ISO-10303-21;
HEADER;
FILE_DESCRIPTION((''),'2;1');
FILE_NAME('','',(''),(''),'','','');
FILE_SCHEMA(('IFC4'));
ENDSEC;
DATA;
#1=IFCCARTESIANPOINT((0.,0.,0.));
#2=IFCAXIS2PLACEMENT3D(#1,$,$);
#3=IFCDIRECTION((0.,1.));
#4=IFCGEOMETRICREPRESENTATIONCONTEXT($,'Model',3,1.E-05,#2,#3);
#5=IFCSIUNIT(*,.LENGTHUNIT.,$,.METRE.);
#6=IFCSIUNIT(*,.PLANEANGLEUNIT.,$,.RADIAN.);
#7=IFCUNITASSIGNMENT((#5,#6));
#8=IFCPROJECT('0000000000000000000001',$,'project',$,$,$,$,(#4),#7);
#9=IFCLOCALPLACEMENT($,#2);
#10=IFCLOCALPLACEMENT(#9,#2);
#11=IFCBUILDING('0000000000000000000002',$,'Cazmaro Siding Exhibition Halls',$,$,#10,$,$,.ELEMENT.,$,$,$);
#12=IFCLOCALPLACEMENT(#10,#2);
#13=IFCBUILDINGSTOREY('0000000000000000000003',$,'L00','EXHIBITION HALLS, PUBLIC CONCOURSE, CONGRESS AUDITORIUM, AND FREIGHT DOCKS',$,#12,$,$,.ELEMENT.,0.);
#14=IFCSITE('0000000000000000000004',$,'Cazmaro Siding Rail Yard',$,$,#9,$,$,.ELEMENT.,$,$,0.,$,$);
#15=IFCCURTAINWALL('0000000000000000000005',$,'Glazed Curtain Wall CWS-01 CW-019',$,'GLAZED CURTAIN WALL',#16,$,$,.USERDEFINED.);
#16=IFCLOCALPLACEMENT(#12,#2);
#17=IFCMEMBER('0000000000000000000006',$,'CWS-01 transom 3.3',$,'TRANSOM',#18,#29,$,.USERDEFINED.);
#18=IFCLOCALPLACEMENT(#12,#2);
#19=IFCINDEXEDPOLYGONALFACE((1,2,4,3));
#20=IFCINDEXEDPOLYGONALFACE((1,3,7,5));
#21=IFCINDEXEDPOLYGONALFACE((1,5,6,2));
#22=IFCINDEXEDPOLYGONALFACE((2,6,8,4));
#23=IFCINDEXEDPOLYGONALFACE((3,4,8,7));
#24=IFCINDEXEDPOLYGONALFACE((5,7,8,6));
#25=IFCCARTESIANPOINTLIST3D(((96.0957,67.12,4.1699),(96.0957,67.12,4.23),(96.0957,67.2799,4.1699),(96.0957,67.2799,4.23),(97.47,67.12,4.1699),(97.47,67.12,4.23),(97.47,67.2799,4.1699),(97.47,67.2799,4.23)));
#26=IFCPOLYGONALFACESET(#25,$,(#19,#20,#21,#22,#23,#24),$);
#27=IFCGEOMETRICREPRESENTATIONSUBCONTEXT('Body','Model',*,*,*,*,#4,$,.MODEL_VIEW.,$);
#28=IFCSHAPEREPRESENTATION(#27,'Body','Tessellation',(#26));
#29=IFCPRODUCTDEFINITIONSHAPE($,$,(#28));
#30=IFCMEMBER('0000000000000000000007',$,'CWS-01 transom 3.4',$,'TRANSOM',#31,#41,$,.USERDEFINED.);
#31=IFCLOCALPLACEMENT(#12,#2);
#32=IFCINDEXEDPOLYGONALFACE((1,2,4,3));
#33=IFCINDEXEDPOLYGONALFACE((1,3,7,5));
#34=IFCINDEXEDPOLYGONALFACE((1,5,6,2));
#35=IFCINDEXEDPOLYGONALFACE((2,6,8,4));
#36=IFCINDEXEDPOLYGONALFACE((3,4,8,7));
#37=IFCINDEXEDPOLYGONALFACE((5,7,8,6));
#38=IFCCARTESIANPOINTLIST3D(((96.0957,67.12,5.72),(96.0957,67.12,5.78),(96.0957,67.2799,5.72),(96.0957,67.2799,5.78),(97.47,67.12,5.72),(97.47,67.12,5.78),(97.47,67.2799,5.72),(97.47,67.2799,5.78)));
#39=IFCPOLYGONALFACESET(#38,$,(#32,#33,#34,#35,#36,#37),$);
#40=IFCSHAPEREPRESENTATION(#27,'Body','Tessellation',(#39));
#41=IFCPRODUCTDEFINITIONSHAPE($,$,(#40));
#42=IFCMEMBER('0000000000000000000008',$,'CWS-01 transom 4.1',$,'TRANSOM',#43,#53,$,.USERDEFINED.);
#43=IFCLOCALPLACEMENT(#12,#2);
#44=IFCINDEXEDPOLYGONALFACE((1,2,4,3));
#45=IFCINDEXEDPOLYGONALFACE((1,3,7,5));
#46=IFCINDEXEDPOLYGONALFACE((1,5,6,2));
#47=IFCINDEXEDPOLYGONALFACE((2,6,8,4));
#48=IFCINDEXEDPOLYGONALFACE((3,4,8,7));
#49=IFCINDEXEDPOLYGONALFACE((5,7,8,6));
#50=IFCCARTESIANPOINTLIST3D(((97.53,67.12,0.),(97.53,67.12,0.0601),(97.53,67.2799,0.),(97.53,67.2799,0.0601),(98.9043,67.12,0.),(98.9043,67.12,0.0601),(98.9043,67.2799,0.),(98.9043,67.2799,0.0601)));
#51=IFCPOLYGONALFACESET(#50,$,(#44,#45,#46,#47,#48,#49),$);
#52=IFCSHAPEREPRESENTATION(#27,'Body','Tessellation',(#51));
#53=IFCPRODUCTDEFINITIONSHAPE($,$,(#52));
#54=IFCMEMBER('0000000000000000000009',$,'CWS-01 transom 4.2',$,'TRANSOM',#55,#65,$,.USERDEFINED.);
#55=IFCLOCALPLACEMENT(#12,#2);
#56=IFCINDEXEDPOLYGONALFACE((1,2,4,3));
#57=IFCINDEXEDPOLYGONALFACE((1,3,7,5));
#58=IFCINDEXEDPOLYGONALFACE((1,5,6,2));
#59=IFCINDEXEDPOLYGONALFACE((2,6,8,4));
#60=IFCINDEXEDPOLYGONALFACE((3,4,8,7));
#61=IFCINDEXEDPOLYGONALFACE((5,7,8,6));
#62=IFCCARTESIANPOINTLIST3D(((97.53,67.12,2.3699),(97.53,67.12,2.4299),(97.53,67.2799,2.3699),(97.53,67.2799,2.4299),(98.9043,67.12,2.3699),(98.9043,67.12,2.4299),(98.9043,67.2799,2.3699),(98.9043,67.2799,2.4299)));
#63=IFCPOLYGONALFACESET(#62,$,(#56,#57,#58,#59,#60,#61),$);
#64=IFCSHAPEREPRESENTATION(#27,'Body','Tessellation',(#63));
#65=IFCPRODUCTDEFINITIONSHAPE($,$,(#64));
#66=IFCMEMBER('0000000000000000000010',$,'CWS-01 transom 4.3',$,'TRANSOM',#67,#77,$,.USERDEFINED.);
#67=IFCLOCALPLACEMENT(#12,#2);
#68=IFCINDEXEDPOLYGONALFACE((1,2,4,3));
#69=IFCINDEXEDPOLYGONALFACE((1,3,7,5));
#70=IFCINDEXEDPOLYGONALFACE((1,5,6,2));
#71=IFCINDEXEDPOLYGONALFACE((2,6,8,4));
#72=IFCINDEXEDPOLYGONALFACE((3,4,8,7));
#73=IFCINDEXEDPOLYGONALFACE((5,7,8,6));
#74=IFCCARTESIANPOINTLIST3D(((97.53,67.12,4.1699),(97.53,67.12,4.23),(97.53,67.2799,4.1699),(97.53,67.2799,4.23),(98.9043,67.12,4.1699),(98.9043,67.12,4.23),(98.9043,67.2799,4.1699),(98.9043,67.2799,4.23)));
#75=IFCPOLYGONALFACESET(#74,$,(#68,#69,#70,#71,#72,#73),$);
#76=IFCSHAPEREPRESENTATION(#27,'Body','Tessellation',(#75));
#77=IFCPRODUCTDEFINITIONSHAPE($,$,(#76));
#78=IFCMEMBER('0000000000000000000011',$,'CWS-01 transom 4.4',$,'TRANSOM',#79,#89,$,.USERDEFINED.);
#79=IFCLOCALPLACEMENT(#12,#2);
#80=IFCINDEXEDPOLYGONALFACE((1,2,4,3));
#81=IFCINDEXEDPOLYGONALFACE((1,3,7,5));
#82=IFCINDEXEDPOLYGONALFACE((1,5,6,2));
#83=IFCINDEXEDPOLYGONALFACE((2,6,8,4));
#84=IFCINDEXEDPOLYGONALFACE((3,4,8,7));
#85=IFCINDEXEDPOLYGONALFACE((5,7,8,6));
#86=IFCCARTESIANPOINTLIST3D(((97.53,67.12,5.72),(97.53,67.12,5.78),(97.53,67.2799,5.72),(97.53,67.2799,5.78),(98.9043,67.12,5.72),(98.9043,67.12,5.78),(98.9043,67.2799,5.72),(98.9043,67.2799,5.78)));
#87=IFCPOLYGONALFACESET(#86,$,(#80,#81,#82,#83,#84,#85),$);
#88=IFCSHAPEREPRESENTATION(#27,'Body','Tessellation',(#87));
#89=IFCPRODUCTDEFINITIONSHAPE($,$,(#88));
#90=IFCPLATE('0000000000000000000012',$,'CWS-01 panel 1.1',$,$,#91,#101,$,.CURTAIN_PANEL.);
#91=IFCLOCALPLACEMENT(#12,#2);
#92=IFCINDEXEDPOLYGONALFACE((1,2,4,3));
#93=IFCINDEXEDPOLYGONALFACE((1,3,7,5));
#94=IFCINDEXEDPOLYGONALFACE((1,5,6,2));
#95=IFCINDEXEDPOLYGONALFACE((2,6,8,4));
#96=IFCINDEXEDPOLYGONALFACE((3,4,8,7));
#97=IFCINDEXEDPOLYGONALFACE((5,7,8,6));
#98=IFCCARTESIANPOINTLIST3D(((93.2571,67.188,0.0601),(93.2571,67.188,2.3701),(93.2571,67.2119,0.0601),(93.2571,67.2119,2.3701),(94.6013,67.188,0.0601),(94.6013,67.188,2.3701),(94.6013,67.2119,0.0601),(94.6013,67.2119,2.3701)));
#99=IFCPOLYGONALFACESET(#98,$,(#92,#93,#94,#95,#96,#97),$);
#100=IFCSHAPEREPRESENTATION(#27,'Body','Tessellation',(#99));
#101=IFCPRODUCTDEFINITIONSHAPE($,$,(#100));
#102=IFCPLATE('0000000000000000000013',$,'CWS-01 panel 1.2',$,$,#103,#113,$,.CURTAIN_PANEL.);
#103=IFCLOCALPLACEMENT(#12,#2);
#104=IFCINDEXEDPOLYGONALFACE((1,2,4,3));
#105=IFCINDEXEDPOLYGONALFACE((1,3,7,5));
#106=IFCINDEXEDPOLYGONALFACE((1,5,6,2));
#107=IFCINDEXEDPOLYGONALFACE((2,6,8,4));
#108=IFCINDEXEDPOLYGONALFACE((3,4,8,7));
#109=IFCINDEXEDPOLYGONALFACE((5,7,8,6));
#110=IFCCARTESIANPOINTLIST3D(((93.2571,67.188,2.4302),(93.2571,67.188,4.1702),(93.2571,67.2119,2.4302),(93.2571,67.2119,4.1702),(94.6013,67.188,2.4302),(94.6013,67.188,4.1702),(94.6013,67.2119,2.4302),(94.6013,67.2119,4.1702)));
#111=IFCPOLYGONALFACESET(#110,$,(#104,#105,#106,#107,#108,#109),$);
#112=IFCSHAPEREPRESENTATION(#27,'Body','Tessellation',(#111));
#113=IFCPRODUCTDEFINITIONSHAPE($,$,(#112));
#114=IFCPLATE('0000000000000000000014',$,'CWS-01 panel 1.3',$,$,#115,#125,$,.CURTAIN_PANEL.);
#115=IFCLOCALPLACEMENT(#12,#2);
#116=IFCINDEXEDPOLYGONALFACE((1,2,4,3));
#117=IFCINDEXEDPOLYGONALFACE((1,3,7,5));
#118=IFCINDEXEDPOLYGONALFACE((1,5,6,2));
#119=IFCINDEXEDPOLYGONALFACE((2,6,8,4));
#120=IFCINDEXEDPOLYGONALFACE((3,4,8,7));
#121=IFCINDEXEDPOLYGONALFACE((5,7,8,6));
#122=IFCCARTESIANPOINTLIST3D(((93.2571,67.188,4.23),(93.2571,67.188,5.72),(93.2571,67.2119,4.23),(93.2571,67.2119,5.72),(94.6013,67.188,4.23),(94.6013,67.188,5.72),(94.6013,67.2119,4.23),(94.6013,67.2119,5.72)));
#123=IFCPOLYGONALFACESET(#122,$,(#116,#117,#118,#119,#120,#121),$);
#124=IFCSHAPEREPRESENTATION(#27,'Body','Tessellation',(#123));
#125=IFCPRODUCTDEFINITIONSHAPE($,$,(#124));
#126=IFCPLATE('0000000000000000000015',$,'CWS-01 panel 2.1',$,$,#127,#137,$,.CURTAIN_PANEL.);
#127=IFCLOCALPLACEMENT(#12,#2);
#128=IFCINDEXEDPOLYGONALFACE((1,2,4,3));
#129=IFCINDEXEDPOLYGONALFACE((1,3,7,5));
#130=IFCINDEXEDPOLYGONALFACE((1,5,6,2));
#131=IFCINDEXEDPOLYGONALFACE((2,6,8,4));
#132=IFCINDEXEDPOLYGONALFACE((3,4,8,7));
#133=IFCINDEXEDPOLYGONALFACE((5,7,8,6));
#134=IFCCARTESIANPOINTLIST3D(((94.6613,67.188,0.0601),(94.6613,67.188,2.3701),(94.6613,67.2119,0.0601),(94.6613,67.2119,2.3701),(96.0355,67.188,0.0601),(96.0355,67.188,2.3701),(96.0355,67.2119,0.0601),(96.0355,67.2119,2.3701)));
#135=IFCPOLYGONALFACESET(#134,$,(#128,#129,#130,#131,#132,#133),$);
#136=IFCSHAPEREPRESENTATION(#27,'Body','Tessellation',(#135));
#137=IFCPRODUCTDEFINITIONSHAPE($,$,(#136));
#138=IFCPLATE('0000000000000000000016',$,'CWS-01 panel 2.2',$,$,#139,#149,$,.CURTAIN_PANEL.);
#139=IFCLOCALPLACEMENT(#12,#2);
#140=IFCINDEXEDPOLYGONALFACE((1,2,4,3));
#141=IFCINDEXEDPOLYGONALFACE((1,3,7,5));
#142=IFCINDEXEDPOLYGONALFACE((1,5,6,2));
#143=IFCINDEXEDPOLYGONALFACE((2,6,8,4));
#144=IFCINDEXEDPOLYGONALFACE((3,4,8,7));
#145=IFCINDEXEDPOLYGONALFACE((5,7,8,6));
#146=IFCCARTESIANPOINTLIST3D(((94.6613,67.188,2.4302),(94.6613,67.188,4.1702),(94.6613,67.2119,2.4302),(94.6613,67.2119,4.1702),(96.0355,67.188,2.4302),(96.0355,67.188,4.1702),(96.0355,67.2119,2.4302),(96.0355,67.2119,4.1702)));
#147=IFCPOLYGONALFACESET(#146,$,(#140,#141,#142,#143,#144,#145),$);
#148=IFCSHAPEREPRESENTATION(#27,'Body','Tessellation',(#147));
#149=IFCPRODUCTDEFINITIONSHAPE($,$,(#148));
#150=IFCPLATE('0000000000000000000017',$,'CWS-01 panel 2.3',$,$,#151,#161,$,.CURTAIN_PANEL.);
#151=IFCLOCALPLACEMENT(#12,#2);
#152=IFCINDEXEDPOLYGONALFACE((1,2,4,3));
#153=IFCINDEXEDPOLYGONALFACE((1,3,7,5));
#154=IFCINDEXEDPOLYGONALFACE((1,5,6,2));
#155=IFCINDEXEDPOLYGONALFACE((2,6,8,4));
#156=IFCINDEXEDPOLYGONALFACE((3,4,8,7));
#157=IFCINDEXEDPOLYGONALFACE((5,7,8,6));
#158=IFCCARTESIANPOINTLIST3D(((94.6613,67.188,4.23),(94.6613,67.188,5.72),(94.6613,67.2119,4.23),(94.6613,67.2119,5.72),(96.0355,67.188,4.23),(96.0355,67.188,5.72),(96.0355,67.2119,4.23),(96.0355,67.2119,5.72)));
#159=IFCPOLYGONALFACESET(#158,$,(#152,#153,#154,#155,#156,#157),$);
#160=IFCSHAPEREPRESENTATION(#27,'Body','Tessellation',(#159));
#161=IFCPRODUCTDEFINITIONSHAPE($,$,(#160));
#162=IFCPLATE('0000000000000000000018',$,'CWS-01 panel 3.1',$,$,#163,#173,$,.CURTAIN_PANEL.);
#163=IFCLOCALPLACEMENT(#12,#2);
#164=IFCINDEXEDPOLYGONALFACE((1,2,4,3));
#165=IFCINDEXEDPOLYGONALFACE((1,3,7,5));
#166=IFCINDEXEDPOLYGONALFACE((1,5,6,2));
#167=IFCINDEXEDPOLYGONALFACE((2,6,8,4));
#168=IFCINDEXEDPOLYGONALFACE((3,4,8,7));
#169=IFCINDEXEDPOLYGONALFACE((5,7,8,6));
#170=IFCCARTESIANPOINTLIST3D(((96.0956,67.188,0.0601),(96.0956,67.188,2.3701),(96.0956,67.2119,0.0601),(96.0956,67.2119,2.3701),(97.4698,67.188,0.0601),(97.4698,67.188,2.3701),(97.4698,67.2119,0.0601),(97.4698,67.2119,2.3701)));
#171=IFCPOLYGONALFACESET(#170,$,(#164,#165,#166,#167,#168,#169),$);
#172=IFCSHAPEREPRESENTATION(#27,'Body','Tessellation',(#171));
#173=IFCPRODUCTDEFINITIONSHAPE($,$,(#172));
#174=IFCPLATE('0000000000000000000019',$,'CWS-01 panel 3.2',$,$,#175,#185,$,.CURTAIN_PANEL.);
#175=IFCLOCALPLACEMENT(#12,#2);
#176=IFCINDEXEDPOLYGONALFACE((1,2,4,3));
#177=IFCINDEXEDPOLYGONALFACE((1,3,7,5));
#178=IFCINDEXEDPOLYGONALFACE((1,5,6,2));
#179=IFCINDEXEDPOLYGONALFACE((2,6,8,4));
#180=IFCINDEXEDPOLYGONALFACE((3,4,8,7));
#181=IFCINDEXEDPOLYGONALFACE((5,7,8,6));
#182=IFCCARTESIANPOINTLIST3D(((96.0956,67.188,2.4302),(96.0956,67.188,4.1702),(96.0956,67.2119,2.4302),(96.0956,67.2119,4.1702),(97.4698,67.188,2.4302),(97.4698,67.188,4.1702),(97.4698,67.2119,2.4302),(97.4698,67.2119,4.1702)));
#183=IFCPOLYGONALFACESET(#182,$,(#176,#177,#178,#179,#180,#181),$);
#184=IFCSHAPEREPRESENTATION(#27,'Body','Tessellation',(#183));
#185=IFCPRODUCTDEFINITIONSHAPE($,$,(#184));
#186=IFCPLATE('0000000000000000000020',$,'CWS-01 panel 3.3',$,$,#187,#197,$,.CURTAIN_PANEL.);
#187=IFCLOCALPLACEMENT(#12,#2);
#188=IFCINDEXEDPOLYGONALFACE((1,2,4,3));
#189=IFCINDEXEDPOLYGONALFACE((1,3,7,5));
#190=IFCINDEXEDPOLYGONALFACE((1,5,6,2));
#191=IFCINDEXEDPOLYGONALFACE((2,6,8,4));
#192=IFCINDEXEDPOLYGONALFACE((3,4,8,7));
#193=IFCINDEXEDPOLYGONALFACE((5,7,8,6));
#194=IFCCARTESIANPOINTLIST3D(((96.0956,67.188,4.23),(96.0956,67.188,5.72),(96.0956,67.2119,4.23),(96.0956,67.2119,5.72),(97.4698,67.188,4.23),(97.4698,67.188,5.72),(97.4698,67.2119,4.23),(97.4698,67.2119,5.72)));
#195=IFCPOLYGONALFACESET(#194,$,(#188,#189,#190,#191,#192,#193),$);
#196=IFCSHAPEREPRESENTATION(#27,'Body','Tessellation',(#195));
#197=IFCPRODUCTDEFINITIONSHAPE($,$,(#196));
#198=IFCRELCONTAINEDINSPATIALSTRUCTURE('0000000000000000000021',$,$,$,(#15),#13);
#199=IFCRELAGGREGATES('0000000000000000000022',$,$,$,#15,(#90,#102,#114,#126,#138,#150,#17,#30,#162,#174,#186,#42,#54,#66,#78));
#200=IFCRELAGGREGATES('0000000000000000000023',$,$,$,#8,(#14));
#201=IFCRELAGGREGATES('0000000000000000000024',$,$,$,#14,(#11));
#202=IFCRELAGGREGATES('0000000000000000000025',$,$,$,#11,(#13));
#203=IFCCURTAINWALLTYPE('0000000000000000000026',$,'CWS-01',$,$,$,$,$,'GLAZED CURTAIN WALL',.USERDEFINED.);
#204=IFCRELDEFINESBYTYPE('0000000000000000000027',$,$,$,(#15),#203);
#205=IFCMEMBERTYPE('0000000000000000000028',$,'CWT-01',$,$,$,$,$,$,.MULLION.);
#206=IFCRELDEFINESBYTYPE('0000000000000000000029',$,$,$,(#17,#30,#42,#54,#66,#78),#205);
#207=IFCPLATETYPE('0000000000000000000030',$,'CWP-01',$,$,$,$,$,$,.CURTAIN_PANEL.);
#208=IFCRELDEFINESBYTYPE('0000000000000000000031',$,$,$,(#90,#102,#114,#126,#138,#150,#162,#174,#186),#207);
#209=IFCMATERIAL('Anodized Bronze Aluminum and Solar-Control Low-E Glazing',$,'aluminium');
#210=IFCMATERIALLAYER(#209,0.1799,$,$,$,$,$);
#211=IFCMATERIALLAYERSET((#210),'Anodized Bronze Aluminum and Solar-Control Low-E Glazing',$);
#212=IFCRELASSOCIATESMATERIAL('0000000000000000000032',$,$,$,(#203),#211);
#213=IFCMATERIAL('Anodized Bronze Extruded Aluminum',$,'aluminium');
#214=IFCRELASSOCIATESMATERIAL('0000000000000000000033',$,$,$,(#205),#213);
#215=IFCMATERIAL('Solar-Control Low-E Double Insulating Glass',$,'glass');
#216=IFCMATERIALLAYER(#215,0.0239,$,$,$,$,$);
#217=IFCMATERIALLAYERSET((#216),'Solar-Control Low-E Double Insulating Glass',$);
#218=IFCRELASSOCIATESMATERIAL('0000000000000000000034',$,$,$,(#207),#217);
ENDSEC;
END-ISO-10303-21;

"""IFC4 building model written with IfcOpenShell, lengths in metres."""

from ifc_helpers import new_model, si_unit, direction, frame, origin, origin_2d, place, context, subcontext, project, spatial, rectangle, extrude, material, layer, layer_set, material_profile, profile_set, type_object, element, aggregate, save


model = new_model("IFC4")

# Units and contexts
model_context = context("Model", 3, precision=1e-05, world=origin(), true_north=direction((0.0, 1.0)))
body_context = subcontext(model_context, "Body", "Model", "MODEL_VIEW")
ifc_project = project(units=[si_unit("LENGTHUNIT", "METRE"), si_unit("PLANEANGLEUNIT", "RADIAN")], contexts=[model_context])

# Site, building, storey
site_placement = place(None, origin())
site = spatial("IfcSite", under=ifc_project, at=site_placement, Name="Cazmaro Siding Rail Yard", CompositionType="ELEMENT", RefElevation=0.0)
building_placement = place(site_placement, origin())
building = spatial("IfcBuilding", under=site, at=building_placement, Name="Cazmaro Siding Exhibition Halls", CompositionType="ELEMENT")
storey_placement = place(building_placement, origin())
storey = spatial("IfcBuildingStorey", under=building, at=storey_placement, Name="L00", Description="EXHIBITION HALLS, PUBLIC CONCOURSE, CONGRESS AUDITORIUM, AND FREIGHT DOCKS", CompositionType="ELEMENT", Elevation=0.0)

# Shared definitions
ifc_material_1 = material(Name="Anodized Bronze Aluminum and Solar-Control Low-E Glazing", Category="aluminium")
ifc_layer_1 = layer(ifc_material_1, 0.1799)
ifc_layer_set_1 = layer_set([ifc_layer_1], Name="Anodized Bronze Aluminum and Solar-Control Low-E Glazing")
curtain_wall_type = type_object("IfcCurtainWallType", Name="CWS-01", ElementType="GLAZED CURTAIN WALL", PredefinedType="USERDEFINED", material=ifc_layer_set_1)

# Curtain wall, members, plates
curtain_wall_1_placement = place(storey_placement, origin())
curtain_wall_1 = element("IfcCurtainWall", 1, at=curtain_wall_1_placement, inside=storey, type_object=curtain_wall_type, Name="Glazed Curtain Wall CWS-01 CW-019", ObjectType="GLAZED CURTAIN WALL", PredefinedType="USERDEFINED")
ifc_material_2 = material(Name="Anodized Bronze Extruded Aluminum", Category="aluminium")
ifc_material_profile_1 = material_profile(ifc_material_2, rectangle(XDim=0.1599, YDim=0.0601, at=origin_2d()), Name="CWT-01")
ifc_profile_set_1 = profile_set([ifc_material_profile_1], Name="Anodized Bronze Extruded Aluminum")
member_type_1 = type_object("IfcMemberType", Name="CWT-01", PredefinedType="MULLION", material=ifc_profile_set_1)
member_1_placement = place(storey_placement, frame((96.0957, 67.2, 4.2), z_axis=(1.0, 0.0, 0.0), x_axis=(0.0, 1.0, 0.0)))
member_1 = element("IfcMember", 2, at=member_1_placement, type_object=member_type_1, Name="CWS-01 transom 3.3", ObjectType="TRANSOM", PredefinedType="USERDEFINED", context=body_context, shape_type="SweptSolid", body=[
    extrude(rectangle(XDim=0.1599, YDim=0.0601, at=origin_2d()), origin(), (0.0, 0.0, 1.0), 1.3743),
])
member_2_placement = place(storey_placement, frame((96.0957, 67.2, 5.75), z_axis=(1.0, 0.0, 0.0), x_axis=(0.0, 1.0, 0.0)))
member_2 = element("IfcMember", 3, at=member_2_placement, type_object=member_type_1, Name="CWS-01 transom 3.4", ObjectType="TRANSOM", PredefinedType="USERDEFINED", context=body_context, shape_type="SweptSolid", body=[
    extrude(rectangle(XDim=0.1599, YDim=0.0601, at=origin_2d()), origin(), (0.0, 0.0, 1.0), 1.3743),
])
member_3_placement = place(storey_placement, frame((97.53, 67.2, 0.03), z_axis=(1.0, 0.0, 0.0), x_axis=(0.0, 1.0, 0.0)))
member_3 = element("IfcMember", 4, at=member_3_placement, type_object=member_type_1, Name="CWS-01 transom 4.1", ObjectType="TRANSOM", PredefinedType="USERDEFINED", context=body_context, shape_type="SweptSolid", body=[
    extrude(rectangle(XDim=0.1599, YDim=0.0601, at=origin_2d()), origin(), (0.0, 0.0, 1.0), 1.3743),
])
member_4_placement = place(storey_placement, frame((97.53, 67.2, 2.3999), z_axis=(1.0, 0.0, 0.0), x_axis=(0.0, 1.0, 0.0)))
member_4 = element("IfcMember", 5, at=member_4_placement, type_object=member_type_1, Name="CWS-01 transom 4.2", ObjectType="TRANSOM", PredefinedType="USERDEFINED", context=body_context, shape_type="SweptSolid", body=[
    extrude(rectangle(XDim=0.1599, YDim=0.0601, at=origin_2d()), origin(), (0.0, 0.0, 1.0), 1.3743),
])
member_5_placement = place(storey_placement, frame((97.53, 67.2, 4.2), z_axis=(1.0, 0.0, 0.0), x_axis=(0.0, 1.0, 0.0)))
member_5 = element("IfcMember", 6, at=member_5_placement, type_object=member_type_1, Name="CWS-01 transom 4.3", ObjectType="TRANSOM", PredefinedType="USERDEFINED", context=body_context, shape_type="SweptSolid", body=[
    extrude(rectangle(XDim=0.1599, YDim=0.0601, at=origin_2d()), origin(), (0.0, 0.0, 1.0), 1.3743),
])
member_6_placement = place(storey_placement, frame((97.53, 67.2, 5.75), z_axis=(1.0, 0.0, 0.0), x_axis=(0.0, 1.0, 0.0)))
member_6 = element("IfcMember", 7, at=member_6_placement, type_object=member_type_1, Name="CWS-01 transom 4.4", ObjectType="TRANSOM", PredefinedType="USERDEFINED", context=body_context, shape_type="SweptSolid", body=[
    extrude(rectangle(XDim=0.1599, YDim=0.0601, at=origin_2d()), origin(), (0.0, 0.0, 1.0), 1.3743),
])
ifc_material_3 = material(Name="Solar-Control Low-E Double Insulating Glass", Category="glass")
ifc_layer_2 = layer(ifc_material_3, 0.0239)
ifc_layer_set_2 = layer_set([ifc_layer_2], Name="Solar-Control Low-E Double Insulating Glass")
plate_type = type_object("IfcPlateType", Name="CWP-01", PredefinedType="CURTAIN_PANEL", material=ifc_layer_set_2)
plate_1_placement = place(storey_placement, frame((93.9292, 67.2, 0.0601), z_axis=(0.0, 0.0, 1.0), x_axis=(1.0, 0.0, 0.0)))
plate_1 = element("IfcPlate", 8, at=plate_1_placement, type_object=plate_type, Name="CWS-01 panel 1.1", PredefinedType="CURTAIN_PANEL", context=body_context, shape_type="SweptSolid", body=[
    extrude(rectangle(XDim=1.3442, YDim=0.0239, at=origin_2d()), origin(), (0.0, 0.0, 1.0), 2.3101),
])
plate_2_placement = place(storey_placement, frame((93.9292, 67.2, 2.4302), z_axis=(0.0, 0.0, 1.0), x_axis=(1.0, 0.0, 0.0)))
plate_2 = element("IfcPlate", 9, at=plate_2_placement, type_object=plate_type, Name="CWS-01 panel 1.2", PredefinedType="CURTAIN_PANEL", context=body_context, shape_type="SweptSolid", body=[
    extrude(rectangle(XDim=1.3442, YDim=0.0239, at=origin_2d()), origin(), (0.0, 0.0, 1.0), 1.74),
])
plate_3_placement = place(storey_placement, frame((93.9292, 67.2, 4.23), z_axis=(0.0, 0.0, 1.0), x_axis=(1.0, 0.0, 0.0)))
plate_3 = element("IfcPlate", 10, at=plate_3_placement, type_object=plate_type, Name="CWS-01 panel 1.3", PredefinedType="CURTAIN_PANEL", context=body_context, shape_type="SweptSolid", body=[
    extrude(rectangle(XDim=1.3442, YDim=0.0239, at=origin_2d()), origin(), (0.0, 0.0, 1.0), 1.49),
])
plate_4_placement = place(storey_placement, frame((95.3484, 67.2, 0.0601), z_axis=(0.0, 0.0, 1.0), x_axis=(1.0, 0.0, 0.0)))
plate_4 = element("IfcPlate", 11, at=plate_4_placement, type_object=plate_type, Name="CWS-01 panel 2.1", PredefinedType="CURTAIN_PANEL", context=body_context, shape_type="SweptSolid", body=[
    extrude(rectangle(XDim=1.3743, YDim=0.0239, at=origin_2d()), origin(), (0.0, 0.0, 1.0), 2.3101),
])
plate_5_placement = place(storey_placement, frame((95.3484, 67.2, 2.4302), z_axis=(0.0, 0.0, 1.0), x_axis=(1.0, 0.0, 0.0)))
plate_5 = element("IfcPlate", 12, at=plate_5_placement, type_object=plate_type, Name="CWS-01 panel 2.2", PredefinedType="CURTAIN_PANEL", context=body_context, shape_type="SweptSolid", body=[
    extrude(rectangle(XDim=1.3743, YDim=0.0239, at=origin_2d()), origin(), (0.0, 0.0, 1.0), 1.74),
])
plate_6_placement = place(storey_placement, frame((95.3484, 67.2, 4.23), z_axis=(0.0, 0.0, 1.0), x_axis=(1.0, 0.0, 0.0)))
plate_6 = element("IfcPlate", 13, at=plate_6_placement, type_object=plate_type, Name="CWS-01 panel 2.3", PredefinedType="CURTAIN_PANEL", context=body_context, shape_type="SweptSolid", body=[
    extrude(rectangle(XDim=1.3743, YDim=0.0239, at=origin_2d()), origin(), (0.0, 0.0, 1.0), 1.49),
])
plate_7_placement = place(storey_placement, frame((96.7827, 67.2, 0.0601), z_axis=(0.0, 0.0, 1.0), x_axis=(1.0, 0.0, 0.0)))
plate_7 = element("IfcPlate", 14, at=plate_7_placement, type_object=plate_type, Name="CWS-01 panel 3.1", PredefinedType="CURTAIN_PANEL", context=body_context, shape_type="SweptSolid", body=[
    extrude(rectangle(XDim=1.3743, YDim=0.0239, at=origin_2d()), origin(), (0.0, 0.0, 1.0), 2.3101),
])
plate_8_placement = place(storey_placement, frame((96.7827, 67.2, 2.4302), z_axis=(0.0, 0.0, 1.0), x_axis=(1.0, 0.0, 0.0)))
plate_8 = element("IfcPlate", 15, at=plate_8_placement, type_object=plate_type, Name="CWS-01 panel 3.2", PredefinedType="CURTAIN_PANEL", context=body_context, shape_type="SweptSolid", body=[
    extrude(rectangle(XDim=1.3743, YDim=0.0239, at=origin_2d()), origin(), (0.0, 0.0, 1.0), 1.74),
])
plate_9_placement = place(storey_placement, frame((96.7827, 67.2, 4.23), z_axis=(0.0, 0.0, 1.0), x_axis=(1.0, 0.0, 0.0)))
plate_9 = element("IfcPlate", 16, at=plate_9_placement, type_object=plate_type, Name="CWS-01 panel 3.3", PredefinedType="CURTAIN_PANEL", context=body_context, shape_type="SweptSolid", body=[
    extrude(rectangle(XDim=1.3743, YDim=0.0239, at=origin_2d()), origin(), (0.0, 0.0, 1.0), 1.49),
])
aggregate(curtain_wall_1, [plate_1, plate_2, plate_3, plate_4, plate_5, plate_6, member_1, member_2, plate_7, plate_8, plate_9, member_3, member_4, member_5, member_6])

save(model, "model.ifc")
